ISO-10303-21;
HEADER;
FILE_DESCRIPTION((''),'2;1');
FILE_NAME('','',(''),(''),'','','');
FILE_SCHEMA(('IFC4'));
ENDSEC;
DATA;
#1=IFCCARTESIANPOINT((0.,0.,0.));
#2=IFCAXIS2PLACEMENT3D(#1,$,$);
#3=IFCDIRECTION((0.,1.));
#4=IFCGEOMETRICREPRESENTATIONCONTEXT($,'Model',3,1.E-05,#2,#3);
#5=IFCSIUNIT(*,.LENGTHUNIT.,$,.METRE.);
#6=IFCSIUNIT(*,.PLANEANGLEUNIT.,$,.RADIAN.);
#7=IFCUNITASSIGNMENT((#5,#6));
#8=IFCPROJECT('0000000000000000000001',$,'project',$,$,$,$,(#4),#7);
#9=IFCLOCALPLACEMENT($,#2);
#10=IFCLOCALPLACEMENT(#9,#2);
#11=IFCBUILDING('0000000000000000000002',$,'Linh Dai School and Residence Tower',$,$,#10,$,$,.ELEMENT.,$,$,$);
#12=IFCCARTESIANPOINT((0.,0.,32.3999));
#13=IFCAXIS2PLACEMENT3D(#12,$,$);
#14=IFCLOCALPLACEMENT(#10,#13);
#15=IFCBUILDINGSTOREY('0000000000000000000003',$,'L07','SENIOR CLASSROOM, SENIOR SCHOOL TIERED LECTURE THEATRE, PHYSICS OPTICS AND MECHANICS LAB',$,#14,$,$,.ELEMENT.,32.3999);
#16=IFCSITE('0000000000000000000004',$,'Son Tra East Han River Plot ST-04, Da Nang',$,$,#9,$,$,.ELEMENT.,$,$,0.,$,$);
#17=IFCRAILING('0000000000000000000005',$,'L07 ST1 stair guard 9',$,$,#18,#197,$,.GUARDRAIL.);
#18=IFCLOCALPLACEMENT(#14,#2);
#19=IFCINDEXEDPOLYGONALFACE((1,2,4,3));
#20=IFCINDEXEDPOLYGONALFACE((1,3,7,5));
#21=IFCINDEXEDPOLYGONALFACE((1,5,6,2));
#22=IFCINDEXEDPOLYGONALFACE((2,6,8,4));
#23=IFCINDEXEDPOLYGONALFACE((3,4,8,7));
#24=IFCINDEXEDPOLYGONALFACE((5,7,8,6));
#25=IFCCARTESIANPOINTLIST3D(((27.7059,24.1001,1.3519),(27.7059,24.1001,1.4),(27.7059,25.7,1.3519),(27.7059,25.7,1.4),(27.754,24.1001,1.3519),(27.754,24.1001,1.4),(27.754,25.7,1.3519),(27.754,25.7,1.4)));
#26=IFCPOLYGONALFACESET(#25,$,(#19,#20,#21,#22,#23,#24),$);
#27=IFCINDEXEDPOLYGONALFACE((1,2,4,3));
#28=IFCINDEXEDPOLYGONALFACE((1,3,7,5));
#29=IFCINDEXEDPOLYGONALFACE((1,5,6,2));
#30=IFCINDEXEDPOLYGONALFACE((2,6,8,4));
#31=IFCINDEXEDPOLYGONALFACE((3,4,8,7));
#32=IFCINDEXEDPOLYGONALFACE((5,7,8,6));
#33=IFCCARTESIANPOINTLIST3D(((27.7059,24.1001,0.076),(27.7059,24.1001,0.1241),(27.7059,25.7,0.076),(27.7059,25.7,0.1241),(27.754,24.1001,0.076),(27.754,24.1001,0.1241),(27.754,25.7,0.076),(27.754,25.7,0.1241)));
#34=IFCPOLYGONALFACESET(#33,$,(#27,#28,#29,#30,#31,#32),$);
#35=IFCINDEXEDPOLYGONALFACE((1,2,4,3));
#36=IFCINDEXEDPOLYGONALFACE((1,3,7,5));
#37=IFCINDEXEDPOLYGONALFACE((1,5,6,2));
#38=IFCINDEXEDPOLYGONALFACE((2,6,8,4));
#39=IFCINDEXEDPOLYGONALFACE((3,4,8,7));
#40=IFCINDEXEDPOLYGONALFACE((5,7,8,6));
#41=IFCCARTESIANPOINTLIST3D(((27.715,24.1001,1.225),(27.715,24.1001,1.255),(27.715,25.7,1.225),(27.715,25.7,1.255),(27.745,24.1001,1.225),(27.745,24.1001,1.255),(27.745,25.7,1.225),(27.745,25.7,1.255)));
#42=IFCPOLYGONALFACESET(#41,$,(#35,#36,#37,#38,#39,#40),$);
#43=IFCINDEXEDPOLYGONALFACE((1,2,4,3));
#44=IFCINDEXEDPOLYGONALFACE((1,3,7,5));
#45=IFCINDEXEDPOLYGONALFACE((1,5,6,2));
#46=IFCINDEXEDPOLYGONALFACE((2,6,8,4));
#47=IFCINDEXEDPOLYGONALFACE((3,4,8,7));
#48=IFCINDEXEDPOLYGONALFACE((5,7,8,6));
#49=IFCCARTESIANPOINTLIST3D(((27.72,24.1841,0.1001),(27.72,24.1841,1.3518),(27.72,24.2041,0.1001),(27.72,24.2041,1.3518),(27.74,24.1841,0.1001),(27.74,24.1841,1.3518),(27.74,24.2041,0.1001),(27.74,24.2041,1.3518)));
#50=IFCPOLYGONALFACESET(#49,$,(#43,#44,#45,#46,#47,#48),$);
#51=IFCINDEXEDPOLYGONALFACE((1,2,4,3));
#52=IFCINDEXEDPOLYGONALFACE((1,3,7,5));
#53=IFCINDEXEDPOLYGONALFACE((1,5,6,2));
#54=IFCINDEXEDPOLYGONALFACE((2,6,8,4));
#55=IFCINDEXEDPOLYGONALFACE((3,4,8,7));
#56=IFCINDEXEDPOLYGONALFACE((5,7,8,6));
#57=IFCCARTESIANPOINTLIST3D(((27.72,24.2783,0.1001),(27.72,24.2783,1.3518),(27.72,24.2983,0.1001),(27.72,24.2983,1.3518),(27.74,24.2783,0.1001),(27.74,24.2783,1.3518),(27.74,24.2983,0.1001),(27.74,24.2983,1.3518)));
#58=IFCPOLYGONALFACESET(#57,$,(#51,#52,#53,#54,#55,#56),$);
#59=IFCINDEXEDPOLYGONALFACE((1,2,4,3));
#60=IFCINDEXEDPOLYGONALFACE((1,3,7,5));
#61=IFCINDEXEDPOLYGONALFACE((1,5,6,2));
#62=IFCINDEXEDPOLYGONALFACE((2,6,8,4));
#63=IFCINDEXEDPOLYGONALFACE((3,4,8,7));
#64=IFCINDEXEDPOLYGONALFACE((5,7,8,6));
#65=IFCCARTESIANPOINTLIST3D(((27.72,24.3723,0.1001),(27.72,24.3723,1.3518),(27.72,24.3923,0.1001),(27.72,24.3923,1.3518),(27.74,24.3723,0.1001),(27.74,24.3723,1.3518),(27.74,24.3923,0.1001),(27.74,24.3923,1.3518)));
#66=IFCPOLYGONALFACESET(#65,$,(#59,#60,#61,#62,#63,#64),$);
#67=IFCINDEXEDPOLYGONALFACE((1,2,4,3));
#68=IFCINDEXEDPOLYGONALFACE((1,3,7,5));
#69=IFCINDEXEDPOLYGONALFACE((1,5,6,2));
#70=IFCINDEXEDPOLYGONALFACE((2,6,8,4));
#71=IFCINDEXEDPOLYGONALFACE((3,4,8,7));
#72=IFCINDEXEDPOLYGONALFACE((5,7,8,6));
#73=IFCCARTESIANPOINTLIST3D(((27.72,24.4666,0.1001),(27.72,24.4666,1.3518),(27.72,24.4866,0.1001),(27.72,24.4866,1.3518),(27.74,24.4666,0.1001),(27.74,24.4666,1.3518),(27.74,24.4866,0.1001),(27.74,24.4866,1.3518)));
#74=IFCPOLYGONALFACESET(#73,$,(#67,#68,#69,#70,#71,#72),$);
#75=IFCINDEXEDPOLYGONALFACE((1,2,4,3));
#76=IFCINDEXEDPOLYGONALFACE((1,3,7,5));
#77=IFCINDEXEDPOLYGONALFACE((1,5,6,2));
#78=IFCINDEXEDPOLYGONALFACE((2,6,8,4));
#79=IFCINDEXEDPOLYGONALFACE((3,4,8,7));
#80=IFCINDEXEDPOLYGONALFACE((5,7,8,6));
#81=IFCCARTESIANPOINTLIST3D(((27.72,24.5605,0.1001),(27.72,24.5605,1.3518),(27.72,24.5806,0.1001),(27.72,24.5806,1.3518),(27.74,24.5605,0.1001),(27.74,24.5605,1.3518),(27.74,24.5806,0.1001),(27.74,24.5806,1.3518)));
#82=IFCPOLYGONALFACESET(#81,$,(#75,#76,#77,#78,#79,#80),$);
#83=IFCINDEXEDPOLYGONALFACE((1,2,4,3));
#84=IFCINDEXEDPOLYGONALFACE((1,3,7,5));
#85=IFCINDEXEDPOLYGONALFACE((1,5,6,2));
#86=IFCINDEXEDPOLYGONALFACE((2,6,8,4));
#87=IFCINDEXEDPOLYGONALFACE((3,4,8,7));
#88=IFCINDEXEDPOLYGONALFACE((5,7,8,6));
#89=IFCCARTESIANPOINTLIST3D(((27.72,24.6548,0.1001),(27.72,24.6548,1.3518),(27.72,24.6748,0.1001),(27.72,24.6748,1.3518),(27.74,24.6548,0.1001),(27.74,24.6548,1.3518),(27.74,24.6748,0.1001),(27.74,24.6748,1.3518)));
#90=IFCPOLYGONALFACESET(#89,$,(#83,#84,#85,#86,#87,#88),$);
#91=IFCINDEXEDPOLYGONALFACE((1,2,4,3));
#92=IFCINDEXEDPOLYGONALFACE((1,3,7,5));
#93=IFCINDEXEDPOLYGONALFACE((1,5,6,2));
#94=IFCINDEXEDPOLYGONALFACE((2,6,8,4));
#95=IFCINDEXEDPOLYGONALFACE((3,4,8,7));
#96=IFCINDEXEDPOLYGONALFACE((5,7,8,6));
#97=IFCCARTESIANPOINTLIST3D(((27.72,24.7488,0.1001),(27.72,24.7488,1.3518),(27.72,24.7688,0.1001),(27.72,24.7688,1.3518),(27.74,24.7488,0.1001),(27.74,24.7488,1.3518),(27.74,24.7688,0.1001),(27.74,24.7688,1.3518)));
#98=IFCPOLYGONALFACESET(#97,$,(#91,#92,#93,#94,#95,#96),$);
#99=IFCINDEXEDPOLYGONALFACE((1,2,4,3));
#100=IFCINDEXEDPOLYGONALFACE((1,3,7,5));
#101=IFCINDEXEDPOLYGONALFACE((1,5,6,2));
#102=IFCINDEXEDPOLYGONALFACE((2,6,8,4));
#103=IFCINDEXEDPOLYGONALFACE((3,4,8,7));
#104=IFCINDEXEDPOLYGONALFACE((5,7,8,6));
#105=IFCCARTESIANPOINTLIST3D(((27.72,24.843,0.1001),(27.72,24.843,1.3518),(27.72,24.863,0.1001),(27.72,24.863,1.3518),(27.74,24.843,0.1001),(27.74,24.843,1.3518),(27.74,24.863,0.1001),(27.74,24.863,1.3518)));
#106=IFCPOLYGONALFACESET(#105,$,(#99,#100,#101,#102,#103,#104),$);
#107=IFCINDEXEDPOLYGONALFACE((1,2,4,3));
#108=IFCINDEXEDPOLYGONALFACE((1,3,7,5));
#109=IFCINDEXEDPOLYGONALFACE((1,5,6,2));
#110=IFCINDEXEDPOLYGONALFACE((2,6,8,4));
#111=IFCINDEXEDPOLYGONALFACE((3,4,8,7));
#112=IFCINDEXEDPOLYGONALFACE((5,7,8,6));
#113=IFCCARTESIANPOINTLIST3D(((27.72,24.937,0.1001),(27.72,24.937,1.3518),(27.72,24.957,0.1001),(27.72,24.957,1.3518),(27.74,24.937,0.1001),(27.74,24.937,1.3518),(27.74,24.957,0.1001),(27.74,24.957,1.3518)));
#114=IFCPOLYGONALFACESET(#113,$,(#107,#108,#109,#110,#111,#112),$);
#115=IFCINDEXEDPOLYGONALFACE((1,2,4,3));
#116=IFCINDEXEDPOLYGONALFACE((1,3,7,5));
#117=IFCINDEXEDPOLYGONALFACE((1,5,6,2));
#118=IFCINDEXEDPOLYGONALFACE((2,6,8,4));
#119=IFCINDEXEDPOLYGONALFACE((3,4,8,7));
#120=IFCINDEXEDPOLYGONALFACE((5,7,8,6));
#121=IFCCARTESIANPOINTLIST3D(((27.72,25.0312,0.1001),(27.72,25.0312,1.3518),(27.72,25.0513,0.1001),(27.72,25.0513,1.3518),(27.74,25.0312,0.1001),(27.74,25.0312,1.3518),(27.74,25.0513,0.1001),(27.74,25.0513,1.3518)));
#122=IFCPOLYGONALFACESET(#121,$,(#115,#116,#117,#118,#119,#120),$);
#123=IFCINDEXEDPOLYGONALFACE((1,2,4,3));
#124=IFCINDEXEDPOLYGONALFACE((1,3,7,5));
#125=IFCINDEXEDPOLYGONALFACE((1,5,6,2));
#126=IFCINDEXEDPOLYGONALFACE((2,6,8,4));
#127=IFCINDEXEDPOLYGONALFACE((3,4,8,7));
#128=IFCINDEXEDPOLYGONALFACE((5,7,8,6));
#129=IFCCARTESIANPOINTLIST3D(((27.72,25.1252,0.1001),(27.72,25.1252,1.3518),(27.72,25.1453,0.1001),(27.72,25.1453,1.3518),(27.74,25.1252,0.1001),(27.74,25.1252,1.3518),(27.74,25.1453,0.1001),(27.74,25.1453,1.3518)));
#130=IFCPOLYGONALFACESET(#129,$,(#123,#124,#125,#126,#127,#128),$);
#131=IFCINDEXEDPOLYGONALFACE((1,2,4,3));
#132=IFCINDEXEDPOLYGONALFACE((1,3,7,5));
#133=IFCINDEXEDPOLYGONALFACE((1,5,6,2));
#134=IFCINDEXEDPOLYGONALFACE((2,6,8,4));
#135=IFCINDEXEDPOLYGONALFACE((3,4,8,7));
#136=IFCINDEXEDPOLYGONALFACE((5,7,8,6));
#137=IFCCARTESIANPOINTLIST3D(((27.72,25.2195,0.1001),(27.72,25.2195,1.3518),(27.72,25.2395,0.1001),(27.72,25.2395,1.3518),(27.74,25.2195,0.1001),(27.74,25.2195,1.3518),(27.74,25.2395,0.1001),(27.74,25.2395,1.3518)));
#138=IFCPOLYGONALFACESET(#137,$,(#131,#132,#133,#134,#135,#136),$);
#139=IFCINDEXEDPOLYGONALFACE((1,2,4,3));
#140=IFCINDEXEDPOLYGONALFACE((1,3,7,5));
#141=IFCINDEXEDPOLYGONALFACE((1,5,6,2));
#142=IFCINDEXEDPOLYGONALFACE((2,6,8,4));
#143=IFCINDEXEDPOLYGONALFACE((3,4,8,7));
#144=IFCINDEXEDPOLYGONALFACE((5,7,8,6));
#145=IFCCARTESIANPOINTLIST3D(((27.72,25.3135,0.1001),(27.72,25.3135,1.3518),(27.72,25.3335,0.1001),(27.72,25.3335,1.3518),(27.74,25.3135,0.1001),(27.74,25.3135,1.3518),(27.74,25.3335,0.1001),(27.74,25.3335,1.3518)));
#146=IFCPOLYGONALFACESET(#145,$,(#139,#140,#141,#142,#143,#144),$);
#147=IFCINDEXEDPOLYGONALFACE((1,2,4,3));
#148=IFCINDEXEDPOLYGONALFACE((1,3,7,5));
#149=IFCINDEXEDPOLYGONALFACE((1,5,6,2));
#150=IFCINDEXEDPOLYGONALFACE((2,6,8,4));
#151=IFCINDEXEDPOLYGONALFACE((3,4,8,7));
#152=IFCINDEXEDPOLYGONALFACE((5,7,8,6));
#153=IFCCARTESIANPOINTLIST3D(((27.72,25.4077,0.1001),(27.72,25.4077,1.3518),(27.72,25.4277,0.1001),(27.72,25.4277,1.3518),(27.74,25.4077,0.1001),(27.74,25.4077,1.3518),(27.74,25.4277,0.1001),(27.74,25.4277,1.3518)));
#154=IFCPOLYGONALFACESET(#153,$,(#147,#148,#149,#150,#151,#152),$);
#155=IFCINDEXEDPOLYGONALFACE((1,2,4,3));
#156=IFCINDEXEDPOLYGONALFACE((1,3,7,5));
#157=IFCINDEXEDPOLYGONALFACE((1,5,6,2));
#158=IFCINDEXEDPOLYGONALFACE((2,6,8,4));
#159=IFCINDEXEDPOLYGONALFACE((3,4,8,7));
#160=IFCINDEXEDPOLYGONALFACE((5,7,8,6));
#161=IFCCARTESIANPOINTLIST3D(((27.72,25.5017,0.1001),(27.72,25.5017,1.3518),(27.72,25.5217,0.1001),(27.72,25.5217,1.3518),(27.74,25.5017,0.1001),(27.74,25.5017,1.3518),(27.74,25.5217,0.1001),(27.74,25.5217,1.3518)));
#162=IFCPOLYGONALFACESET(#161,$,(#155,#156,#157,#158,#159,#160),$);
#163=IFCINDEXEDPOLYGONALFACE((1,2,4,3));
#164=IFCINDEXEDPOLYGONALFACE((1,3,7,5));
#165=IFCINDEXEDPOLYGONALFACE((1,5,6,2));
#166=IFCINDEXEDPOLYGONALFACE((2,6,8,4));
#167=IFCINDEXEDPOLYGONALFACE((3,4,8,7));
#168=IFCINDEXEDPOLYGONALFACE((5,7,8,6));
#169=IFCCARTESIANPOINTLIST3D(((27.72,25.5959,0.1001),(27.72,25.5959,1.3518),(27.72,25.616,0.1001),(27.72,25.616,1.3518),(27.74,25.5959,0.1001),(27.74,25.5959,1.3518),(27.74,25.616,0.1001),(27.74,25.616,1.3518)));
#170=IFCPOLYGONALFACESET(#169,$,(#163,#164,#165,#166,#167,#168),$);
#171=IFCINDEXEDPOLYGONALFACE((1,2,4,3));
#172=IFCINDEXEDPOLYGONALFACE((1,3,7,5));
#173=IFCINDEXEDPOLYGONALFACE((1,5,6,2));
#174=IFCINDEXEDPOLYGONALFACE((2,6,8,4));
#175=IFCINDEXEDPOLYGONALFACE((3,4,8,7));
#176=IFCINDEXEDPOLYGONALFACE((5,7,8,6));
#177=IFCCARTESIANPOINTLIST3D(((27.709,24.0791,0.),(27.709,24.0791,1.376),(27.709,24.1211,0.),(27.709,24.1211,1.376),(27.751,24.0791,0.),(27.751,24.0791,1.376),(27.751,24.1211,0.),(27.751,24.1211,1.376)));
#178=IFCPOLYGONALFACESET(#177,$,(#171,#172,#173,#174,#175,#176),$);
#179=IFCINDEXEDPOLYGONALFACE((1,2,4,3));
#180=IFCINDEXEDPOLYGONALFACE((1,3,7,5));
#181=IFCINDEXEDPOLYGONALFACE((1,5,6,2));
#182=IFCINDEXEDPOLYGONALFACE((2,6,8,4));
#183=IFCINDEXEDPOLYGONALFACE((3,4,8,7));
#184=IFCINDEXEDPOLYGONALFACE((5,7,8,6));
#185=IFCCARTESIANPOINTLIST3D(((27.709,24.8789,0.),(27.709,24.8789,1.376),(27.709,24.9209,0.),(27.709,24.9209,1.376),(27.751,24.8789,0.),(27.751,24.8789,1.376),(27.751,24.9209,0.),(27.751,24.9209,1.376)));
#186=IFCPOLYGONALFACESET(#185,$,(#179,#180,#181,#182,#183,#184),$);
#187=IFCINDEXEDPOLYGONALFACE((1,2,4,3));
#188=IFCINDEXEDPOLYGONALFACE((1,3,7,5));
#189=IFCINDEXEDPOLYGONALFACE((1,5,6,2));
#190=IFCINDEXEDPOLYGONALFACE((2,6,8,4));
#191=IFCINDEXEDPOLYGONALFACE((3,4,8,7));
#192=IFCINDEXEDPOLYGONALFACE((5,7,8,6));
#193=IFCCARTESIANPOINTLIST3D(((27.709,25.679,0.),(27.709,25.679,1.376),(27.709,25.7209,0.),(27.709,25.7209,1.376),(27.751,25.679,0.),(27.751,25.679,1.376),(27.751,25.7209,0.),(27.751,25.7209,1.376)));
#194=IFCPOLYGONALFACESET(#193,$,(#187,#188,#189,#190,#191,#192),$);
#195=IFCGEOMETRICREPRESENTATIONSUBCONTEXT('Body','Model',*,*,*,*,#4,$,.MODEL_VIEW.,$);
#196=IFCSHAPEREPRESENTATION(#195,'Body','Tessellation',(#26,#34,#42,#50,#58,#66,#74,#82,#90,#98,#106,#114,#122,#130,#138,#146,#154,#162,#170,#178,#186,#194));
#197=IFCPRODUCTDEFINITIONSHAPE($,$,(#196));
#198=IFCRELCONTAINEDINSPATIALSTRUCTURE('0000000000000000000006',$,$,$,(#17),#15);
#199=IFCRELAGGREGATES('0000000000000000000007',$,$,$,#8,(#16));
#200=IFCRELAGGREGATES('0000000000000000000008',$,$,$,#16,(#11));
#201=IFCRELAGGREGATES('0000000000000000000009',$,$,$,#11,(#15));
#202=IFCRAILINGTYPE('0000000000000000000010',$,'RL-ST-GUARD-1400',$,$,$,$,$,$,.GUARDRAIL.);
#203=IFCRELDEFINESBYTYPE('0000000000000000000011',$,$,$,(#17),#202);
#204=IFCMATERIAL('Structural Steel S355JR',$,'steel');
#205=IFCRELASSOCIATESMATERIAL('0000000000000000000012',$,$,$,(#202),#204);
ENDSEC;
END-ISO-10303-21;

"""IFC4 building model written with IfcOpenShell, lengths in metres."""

from ifc_helpers import new_model, si_unit, direction, frame, origin, origin_2d, place, context, subcontext, project, spatial, rectangle, extrude, source, transform, mapped, material, type_object, element, save


model = new_model("IFC4")

# Units and contexts
model_context = context("Model", 3, precision=1e-05, world=origin(), true_north=direction((0.0, 1.0)))
body_context = subcontext(model_context, "Body", "Model", "MODEL_VIEW")
ifc_project = project(units=[si_unit("LENGTHUNIT", "METRE"), si_unit("PLANEANGLEUNIT", "RADIAN")], contexts=[model_context])

# Site, building, storey
site_placement = place(None, origin())
site = spatial("IfcSite", under=ifc_project, at=site_placement, Name="Son Tra East Han River Plot ST-04, Da Nang", CompositionType="ELEMENT", RefElevation=0.0)
building_placement = place(site_placement, origin())
building = spatial("IfcBuilding", under=site, at=building_placement, Name="Linh Dai School and Residence Tower", CompositionType="ELEMENT")
storey_placement = place(building_placement, frame((0.0, 0.0, 32.3999)))
storey = spatial("IfcBuildingStorey", under=building, at=storey_placement, Name="L07", Description="SENIOR CLASSROOM, SENIOR SCHOOL TIERED LECTURE THEATRE, PHYSICS OPTICS AND MECHANICS LAB", CompositionType="ELEMENT", Elevation=32.3999)

# Shared definitions
ifc_material_1 = material(Name="Structural Steel S355JR", Category="steel")

# Railing
railing_type_1 = type_object("IfcRailingType", Name="RL-ST-GUARD-1400", PredefinedType="GUARDRAIL", material=ifc_material_1)
shared_shape_1 = source(origin(), body_context, "Body", "SweptSolid", [
    extrude(rectangle(XDim=0.0481, YDim=0.0481, at=origin_2d()), frame((0.0, 0.0, 1.376), z_axis=(0.0, 1.0, 0.0), x_axis=(-1.0, 0.0, 0.0)), (0.0, 0.0, 1.0), 1.5999),
    extrude(rectangle(XDim=0.0481, YDim=0.0481, at=origin_2d()), frame((0.0, 0.0, 0.1001), z_axis=(0.0, 1.0, 0.0), x_axis=(-1.0, 0.0, 0.0)), (0.0, 0.0, 1.0), 1.5999),
    extrude(rectangle(XDim=0.03, YDim=0.03, at=origin_2d()), frame((0.0, 0.0, 1.24), z_axis=(0.0, 1.0, 0.0), x_axis=(-1.0, 0.0, 0.0)), (0.0, 0.0, 1.0), 1.5999),
    extrude(rectangle(XDim=0.02, YDim=0.02, at=origin_2d()), frame((0.0, 0.094, 0.1001)), (0.0, 0.0, 1.0), 1.2517),
    extrude(rectangle(XDim=0.02, YDim=0.02, at=origin_2d()), frame((0.0, 0.1882, 0.1001)), (0.0, 0.0, 1.0), 1.2517),
    extrude(rectangle(XDim=0.02, YDim=0.02, at=origin_2d()), frame((0.0, 0.2822, 0.1001)), (0.0, 0.0, 1.0), 1.2517),
    extrude(rectangle(XDim=0.02, YDim=0.02, at=origin_2d()), frame((0.0, 0.3765, 0.1001)), (0.0, 0.0, 1.0), 1.2517),
    extrude(rectangle(XDim=0.02, YDim=0.02, at=origin_2d()), frame((0.0, 0.4705, 0.1001)), (0.0, 0.0, 1.0), 1.2517),
    extrude(rectangle(XDim=0.02, YDim=0.02, at=origin_2d()), frame((0.0, 0.5647, 0.1001)), (0.0, 0.0, 1.0), 1.2517),
    extrude(rectangle(XDim=0.02, YDim=0.02, at=origin_2d()), frame((0.0, 0.6587, 0.1001)), (0.0, 0.0, 1.0), 1.2517),
    extrude(rectangle(XDim=0.02, YDim=0.02, at=origin_2d()), frame((0.0, 0.7529, 0.1001)), (0.0, 0.0, 1.0), 1.2517),
    extrude(rectangle(XDim=0.02, YDim=0.02, at=origin_2d()), frame((0.0, 0.8469, 0.1001)), (0.0, 0.0, 1.0), 1.2517),
    extrude(rectangle(XDim=0.02, YDim=0.02, at=origin_2d()), frame((0.0, 0.9412, 0.1001)), (0.0, 0.0, 1.0), 1.2517),
    extrude(rectangle(XDim=0.02, YDim=0.02, at=origin_2d()), frame((0.0, 1.0352, 0.1001)), (0.0, 0.0, 1.0), 1.2517),
    extrude(rectangle(XDim=0.02, YDim=0.02, at=origin_2d()), frame((0.0, 1.1294, 0.1001)), (0.0, 0.0, 1.0), 1.2517),
    extrude(rectangle(XDim=0.02, YDim=0.02, at=origin_2d()), frame((0.0, 1.2234, 0.1001)), (0.0, 0.0, 1.0), 1.2517),
    extrude(rectangle(XDim=0.02, YDim=0.02, at=origin_2d()), frame((0.0, 1.3176, 0.1001)), (0.0, 0.0, 1.0), 1.2517),
    extrude(rectangle(XDim=0.02, YDim=0.02, at=origin_2d()), frame((0.0, 1.4116, 0.1001)), (0.0, 0.0, 1.0), 1.2517),
    extrude(rectangle(XDim=0.02, YDim=0.02, at=origin_2d()), frame((0.0, 1.5059, 0.1001)), (0.0, 0.0, 1.0), 1.2517),
    extrude(rectangle(XDim=0.042, YDim=0.042, at=origin_2d()), origin(), (0.0, 0.0, 1.0), 1.376),
    extrude(rectangle(XDim=0.042, YDim=0.042, at=origin_2d()), frame((0.0, 0.7998, 0.0)), (0.0, 0.0, 1.0), 1.376),
    extrude(rectangle(XDim=0.042, YDim=0.042, at=origin_2d()), frame((0.0, 1.5999, 0.0)), (0.0, 0.0, 1.0), 1.376),
])
for number, where, name in (
    (1, (27.73, 24.1001, 0.0), "L07 ST1 stair guard 9"),
):
    element("IfcRailing", number, at=place(storey_placement, frame(where)), inside=storey, type_object=railing_type_1, Name=name, PredefinedType="GUARDRAIL", context=body_context, shape_type="MappedRepresentation", body=[
        mapped(shared_shape_1, transform((0.0, 0.0, 0.0), x_axis=(1.0, 0.0, 0.0), y_axis=(0.0, 1.0, 0.0), z_axis=(0.0, 0.0, 1.0), scale=1.0)),
    ])

save(model, "model.ifc")
